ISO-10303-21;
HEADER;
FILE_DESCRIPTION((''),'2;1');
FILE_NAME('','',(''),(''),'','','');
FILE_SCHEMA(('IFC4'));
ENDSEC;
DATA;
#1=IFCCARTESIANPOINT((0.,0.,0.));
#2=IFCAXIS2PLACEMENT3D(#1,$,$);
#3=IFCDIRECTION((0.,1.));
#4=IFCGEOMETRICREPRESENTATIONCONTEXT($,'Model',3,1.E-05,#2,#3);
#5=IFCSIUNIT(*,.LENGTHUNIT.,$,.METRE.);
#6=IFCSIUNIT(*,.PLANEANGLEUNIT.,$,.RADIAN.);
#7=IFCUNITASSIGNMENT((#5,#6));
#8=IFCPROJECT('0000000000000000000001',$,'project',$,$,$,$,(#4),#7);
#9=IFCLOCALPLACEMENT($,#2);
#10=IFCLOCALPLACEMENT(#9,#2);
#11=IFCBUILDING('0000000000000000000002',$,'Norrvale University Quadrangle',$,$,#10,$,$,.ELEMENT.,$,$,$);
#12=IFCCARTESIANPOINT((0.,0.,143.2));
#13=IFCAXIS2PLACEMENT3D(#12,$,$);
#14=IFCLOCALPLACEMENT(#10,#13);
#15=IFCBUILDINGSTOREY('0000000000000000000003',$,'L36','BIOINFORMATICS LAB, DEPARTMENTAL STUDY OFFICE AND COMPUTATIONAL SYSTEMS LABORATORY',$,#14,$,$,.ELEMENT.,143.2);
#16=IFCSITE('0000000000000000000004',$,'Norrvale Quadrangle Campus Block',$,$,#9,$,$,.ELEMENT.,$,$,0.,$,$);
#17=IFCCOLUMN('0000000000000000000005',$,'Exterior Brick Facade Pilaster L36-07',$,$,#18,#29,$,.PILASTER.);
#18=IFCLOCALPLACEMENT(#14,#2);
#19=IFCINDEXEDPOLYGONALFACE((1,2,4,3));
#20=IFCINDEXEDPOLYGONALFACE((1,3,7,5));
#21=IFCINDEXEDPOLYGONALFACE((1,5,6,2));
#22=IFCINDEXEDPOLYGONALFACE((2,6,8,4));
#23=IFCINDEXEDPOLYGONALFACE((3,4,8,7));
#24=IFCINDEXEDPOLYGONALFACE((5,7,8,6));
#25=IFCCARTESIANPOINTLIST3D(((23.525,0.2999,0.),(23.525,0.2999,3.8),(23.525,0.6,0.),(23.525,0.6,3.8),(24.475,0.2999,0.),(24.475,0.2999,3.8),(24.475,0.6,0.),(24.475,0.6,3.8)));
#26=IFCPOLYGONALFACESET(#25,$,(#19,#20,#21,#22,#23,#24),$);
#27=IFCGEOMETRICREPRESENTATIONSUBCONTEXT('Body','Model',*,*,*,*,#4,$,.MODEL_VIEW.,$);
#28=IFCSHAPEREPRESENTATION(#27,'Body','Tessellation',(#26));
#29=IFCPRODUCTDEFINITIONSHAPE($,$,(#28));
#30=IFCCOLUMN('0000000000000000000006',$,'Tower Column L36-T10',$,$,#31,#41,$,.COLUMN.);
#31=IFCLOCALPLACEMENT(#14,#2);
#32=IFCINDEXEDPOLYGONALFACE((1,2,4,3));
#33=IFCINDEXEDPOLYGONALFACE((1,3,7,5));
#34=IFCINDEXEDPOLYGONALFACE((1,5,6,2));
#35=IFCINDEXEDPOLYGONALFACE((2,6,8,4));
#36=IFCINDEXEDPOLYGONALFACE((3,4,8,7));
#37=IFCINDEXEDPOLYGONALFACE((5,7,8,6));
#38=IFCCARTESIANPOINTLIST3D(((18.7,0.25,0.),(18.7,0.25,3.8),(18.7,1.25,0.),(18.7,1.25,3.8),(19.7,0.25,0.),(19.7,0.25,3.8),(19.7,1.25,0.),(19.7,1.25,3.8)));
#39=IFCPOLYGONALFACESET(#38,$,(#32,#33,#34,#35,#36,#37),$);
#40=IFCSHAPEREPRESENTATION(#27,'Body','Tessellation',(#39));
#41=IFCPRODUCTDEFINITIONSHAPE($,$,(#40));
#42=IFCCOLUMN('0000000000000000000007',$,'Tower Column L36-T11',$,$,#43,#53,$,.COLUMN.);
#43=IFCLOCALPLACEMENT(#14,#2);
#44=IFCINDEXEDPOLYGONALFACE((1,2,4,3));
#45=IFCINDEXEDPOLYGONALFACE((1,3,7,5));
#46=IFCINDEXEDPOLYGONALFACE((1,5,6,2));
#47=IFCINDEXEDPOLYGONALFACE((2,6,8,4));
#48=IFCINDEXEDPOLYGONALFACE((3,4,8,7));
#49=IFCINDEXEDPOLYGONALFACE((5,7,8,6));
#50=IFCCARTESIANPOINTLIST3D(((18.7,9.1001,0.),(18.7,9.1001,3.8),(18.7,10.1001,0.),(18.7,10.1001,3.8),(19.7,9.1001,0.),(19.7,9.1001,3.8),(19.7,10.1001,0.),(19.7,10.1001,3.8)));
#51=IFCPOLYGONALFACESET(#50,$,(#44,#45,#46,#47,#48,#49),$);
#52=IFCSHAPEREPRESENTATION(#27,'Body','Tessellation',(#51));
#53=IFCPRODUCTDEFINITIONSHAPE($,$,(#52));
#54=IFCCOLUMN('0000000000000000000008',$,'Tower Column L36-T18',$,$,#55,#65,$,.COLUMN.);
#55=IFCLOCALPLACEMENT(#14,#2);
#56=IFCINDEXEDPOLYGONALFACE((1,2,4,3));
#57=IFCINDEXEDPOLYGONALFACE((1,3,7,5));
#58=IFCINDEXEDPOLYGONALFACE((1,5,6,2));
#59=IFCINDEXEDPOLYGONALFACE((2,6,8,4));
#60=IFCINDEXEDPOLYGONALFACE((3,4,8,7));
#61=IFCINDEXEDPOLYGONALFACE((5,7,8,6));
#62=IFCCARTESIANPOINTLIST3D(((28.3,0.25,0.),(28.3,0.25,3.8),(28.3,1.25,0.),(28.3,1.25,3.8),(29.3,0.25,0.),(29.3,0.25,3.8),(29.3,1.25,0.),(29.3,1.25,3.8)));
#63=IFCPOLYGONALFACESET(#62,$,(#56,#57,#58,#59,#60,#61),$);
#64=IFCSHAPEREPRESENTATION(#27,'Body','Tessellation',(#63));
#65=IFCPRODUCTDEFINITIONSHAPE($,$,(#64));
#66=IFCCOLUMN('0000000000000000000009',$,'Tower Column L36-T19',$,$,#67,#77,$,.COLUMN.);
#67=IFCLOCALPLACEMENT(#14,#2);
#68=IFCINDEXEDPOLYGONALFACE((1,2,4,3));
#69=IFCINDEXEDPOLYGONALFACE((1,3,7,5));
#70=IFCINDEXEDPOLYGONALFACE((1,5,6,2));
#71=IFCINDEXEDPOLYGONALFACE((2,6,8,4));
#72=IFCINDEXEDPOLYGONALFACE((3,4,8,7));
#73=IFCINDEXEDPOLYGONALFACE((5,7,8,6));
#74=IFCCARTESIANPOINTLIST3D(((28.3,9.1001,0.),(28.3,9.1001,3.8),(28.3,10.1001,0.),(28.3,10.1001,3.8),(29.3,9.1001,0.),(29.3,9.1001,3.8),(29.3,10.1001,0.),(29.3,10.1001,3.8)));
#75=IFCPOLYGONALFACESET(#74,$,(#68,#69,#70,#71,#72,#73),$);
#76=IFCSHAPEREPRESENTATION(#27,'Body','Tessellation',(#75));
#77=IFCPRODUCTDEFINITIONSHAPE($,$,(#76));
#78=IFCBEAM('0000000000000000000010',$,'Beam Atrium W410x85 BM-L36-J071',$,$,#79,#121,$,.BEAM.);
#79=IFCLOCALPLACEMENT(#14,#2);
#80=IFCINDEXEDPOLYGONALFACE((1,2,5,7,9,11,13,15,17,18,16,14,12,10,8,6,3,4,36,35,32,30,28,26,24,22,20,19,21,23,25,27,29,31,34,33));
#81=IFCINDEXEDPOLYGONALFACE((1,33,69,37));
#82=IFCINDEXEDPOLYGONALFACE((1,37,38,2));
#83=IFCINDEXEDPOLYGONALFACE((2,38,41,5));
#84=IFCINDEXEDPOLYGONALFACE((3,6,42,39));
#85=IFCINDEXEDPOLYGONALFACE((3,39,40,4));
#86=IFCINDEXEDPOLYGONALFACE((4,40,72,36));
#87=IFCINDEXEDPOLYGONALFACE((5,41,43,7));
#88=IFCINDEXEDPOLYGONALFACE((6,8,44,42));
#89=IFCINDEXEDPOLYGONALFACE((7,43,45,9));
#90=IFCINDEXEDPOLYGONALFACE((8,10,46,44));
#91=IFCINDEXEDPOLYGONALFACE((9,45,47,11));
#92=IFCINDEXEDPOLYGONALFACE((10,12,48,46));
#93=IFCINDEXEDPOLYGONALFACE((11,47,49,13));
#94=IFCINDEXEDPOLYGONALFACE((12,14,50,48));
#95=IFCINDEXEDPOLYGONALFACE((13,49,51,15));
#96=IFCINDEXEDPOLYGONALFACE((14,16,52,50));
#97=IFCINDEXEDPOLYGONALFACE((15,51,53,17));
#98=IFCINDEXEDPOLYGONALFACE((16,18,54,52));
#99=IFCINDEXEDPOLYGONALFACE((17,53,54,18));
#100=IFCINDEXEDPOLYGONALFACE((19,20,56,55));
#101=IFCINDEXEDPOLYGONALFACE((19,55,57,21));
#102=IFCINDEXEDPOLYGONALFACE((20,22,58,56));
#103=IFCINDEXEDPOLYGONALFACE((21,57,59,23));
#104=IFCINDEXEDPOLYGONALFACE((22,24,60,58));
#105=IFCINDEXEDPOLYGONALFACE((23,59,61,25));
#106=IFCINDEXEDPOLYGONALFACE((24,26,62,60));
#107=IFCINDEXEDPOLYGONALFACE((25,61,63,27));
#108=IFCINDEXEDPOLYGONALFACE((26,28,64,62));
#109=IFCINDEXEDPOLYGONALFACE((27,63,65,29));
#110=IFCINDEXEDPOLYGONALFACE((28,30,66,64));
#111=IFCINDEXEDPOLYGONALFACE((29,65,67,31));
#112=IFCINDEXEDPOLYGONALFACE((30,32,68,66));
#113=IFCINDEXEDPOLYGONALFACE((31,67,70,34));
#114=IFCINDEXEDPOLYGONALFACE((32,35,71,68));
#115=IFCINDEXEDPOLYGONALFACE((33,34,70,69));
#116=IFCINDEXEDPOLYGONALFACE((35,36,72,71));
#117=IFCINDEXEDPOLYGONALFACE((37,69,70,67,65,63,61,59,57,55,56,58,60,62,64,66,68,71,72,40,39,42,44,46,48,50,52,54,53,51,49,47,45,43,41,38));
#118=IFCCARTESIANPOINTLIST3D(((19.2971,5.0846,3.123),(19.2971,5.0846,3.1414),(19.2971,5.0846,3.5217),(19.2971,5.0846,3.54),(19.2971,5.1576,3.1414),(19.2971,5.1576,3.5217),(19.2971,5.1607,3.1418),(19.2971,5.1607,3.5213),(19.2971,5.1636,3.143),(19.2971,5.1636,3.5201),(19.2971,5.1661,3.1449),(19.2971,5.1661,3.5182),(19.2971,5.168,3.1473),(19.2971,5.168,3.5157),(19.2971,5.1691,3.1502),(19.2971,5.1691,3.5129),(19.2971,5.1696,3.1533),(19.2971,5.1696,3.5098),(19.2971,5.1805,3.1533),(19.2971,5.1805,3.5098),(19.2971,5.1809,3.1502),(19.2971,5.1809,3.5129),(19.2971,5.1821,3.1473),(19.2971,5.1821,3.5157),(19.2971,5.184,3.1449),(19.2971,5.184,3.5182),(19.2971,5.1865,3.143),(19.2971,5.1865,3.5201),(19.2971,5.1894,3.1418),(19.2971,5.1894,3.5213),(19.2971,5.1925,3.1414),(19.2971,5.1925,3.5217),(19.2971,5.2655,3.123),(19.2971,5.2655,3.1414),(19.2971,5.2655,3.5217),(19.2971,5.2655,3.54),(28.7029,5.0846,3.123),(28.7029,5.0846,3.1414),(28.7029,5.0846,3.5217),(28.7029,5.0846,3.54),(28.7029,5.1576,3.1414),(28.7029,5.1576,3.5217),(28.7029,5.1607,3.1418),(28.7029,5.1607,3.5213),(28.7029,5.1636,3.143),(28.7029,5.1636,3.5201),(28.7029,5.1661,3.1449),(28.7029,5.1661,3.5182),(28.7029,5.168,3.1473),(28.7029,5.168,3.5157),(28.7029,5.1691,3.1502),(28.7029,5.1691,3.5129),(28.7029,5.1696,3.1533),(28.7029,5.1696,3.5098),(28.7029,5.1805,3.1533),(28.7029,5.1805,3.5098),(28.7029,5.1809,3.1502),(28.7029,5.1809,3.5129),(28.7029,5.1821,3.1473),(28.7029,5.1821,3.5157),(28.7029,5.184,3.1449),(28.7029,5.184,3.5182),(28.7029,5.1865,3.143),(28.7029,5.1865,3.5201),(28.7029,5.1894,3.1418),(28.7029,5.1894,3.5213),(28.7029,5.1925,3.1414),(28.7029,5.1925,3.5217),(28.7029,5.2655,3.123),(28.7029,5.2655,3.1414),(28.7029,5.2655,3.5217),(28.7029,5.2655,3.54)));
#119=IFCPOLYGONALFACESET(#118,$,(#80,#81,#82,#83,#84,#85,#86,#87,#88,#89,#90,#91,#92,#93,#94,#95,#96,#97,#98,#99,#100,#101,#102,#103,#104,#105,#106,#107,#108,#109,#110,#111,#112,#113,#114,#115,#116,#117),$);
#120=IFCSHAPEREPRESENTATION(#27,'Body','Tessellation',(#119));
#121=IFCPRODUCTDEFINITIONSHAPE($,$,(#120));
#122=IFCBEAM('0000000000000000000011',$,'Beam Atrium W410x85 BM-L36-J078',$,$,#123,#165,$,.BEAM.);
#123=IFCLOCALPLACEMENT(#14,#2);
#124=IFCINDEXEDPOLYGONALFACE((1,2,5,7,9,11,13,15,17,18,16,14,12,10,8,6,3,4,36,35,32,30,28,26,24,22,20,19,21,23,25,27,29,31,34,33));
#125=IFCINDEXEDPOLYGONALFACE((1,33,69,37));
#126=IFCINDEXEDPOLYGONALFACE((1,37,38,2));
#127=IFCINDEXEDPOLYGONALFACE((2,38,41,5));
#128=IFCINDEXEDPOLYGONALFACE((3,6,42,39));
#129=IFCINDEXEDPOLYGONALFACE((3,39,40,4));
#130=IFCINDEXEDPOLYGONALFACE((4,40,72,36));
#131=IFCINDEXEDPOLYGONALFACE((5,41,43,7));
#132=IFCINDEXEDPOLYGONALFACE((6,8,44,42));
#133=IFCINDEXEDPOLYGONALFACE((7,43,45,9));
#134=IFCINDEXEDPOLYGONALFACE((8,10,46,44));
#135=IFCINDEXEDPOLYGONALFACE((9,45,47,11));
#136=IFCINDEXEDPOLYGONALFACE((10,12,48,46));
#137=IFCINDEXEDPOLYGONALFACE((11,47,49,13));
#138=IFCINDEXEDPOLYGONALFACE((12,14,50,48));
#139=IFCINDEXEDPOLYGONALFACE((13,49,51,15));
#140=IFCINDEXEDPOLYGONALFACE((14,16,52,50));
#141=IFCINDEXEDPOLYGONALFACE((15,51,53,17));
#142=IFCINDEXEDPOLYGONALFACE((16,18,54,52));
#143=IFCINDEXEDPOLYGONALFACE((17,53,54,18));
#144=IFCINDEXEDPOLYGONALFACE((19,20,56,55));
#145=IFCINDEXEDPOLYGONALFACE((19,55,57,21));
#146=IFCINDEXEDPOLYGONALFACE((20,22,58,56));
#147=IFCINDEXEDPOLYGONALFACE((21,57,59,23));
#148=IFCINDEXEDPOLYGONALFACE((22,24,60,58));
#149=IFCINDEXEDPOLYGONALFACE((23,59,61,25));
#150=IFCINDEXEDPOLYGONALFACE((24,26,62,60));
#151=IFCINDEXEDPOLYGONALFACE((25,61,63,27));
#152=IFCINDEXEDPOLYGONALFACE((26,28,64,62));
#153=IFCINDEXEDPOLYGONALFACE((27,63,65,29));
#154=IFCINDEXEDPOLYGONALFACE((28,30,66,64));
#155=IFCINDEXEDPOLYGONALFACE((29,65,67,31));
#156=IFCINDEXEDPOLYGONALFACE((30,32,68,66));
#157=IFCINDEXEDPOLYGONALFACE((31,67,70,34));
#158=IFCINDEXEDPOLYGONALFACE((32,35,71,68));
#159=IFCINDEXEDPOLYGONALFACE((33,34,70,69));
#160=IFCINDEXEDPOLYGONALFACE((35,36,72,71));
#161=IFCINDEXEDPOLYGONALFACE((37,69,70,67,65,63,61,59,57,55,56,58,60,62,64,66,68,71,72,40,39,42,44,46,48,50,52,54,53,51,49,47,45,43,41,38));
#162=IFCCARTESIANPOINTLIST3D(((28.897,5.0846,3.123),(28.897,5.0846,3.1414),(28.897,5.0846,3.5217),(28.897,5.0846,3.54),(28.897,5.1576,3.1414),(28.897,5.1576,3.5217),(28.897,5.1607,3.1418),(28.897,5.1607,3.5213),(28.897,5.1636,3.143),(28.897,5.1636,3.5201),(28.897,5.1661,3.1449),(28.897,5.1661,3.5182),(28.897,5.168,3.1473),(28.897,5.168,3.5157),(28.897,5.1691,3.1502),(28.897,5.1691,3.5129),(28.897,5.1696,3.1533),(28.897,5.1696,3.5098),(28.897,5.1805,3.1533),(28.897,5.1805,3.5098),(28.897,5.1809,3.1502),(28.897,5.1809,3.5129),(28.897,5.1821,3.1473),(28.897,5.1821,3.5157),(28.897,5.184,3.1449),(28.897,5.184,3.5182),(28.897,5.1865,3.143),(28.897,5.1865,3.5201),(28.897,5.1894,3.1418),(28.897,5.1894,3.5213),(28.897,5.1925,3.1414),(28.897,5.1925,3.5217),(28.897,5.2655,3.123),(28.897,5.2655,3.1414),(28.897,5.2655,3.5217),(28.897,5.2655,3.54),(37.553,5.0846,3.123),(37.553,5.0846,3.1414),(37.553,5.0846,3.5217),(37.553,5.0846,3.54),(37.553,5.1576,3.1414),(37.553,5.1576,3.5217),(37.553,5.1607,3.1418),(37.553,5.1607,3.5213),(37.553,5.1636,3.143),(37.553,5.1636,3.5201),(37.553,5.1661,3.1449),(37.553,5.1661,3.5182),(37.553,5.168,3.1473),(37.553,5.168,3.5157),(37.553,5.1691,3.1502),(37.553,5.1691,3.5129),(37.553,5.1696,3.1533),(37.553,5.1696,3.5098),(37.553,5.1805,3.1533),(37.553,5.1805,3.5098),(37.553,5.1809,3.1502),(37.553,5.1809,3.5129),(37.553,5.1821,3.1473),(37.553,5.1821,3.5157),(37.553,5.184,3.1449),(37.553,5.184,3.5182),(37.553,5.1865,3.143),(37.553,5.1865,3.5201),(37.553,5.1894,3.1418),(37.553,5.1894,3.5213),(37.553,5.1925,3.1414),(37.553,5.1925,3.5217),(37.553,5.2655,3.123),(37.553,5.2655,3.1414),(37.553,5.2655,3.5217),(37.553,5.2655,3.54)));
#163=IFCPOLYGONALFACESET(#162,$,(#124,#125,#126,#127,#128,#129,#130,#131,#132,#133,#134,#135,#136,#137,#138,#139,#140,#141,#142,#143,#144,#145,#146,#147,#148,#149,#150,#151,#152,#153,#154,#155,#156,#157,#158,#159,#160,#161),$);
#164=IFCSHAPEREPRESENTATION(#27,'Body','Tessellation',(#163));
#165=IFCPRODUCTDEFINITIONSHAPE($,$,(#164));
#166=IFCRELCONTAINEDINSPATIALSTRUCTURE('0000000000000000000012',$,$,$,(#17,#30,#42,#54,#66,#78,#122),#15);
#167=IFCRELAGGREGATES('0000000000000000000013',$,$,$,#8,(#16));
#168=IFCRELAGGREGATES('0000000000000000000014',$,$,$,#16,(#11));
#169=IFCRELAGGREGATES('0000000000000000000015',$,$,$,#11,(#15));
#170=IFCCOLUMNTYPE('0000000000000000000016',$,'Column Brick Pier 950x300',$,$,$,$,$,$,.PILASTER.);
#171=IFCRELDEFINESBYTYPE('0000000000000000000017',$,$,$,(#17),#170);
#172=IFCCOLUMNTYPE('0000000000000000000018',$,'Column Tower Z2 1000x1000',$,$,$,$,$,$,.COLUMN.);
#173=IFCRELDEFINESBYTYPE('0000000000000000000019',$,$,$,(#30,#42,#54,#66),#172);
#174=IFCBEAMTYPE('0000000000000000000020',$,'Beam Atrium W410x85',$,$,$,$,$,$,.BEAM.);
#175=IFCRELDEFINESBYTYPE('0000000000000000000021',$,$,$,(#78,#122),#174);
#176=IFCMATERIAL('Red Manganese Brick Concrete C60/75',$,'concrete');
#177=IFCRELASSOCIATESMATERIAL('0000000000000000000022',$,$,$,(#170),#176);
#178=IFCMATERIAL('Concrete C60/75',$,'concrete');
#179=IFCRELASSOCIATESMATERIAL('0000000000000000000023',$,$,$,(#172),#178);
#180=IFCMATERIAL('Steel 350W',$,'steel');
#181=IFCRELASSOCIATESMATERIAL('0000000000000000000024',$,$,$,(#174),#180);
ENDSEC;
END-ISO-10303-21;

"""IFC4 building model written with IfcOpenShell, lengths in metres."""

from ifc_helpers import new_model, si_unit, direction, frame, origin, origin_2d, place, context, subcontext, project, spatial, rectangle, i_section, extrude, material, material_profile, profile_set, type_object, element, save


model = new_model("IFC4")

# Units and contexts
model_context = context("Model", 3, precision=1e-05, world=origin(), true_north=direction((0.0, 1.0)))
body_context = subcontext(model_context, "Body", "Model", "MODEL_VIEW")
ifc_project = project(units=[si_unit("LENGTHUNIT", "METRE"), si_unit("PLANEANGLEUNIT", "RADIAN")], contexts=[model_context])

# Site, building, storey
site_placement = place(None, origin())
site = spatial("IfcSite", under=ifc_project, at=site_placement, Name="Norrvale Quadrangle Campus Block", CompositionType="ELEMENT", RefElevation=0.0)
building_placement = place(site_placement, origin())
building = spatial("IfcBuilding", under=site, at=building_placement, Name="Norrvale University Quadrangle", CompositionType="ELEMENT")
storey_placement = place(building_placement, frame((0.0, 0.0, 143.2)))
storey = spatial("IfcBuildingStorey", under=building, at=storey_placement, Name="L36", Description="BIOINFORMATICS LAB, DEPARTMENTAL STUDY OFFICE AND COMPUTATIONAL SYSTEMS LABORATORY", CompositionType="ELEMENT", Elevation=143.2)

# Columns
ifc_material_1 = material(Name="Red Manganese Brick Concrete C60/75", Category="concrete")
ifc_material_profile_1 = material_profile(ifc_material_1, rectangle(XDim=0.95, YDim=0.3, at=origin_2d()), Name="Red Manganese Brick Concrete C60/75")
ifc_profile_set_1 = profile_set([ifc_material_profile_1], Name="Red Manganese Brick Concrete C60/75")
column_type_1 = type_object("IfcColumnType", Name="Column Brick Pier 950x300", PredefinedType="PILASTER", material=ifc_profile_set_1)
column_placement = place(storey_placement, frame((24.0, 0.45, 0.0), z_axis=(0.0, 0.0, 1.0), x_axis=(1.0, 0.0, 0.0)))
element("IfcColumn", 1, at=column_placement, inside=storey, type_object=column_type_1, Name="Exterior Brick Facade Pilaster L36-07", PredefinedType="PILASTER", context=body_context, shape_type="SweptSolid", body=[
    extrude(rectangle(XDim=0.95, YDim=0.3, at=origin_2d()), origin(), (0.0, 0.0, 1.0), 3.8),
])
ifc_material_2 = material(Name="Concrete C60/75", Category="concrete")
ifc_material_profile_2 = material_profile(ifc_material_2, rectangle(XDim=1.0, YDim=1.0, at=origin_2d()), Name="Concrete C60/75")
ifc_profile_set_2 = profile_set([ifc_material_profile_2], Name="Concrete C60/75")
column_type_2 = type_object("IfcColumnType", Name="Column Tower Z2 1000x1000", PredefinedType="COLUMN", material=ifc_profile_set_2)
for number, where, z_axis, x_axis, name in (
    (2, (19.2, 0.75, 0.0), (0.0, 0.0, 1.0), (1.0, 0.0, 0.0), "Tower Column L36-T10"),
    (3, (19.2, 9.6001, 0.0), (0.0, 0.0, 1.0), (1.0, 0.0, 0.0), "Tower Column L36-T11"),
    (4, (28.8, 0.75, 0.0), (0.0, 0.0, 1.0), (1.0, 0.0, 0.0), "Tower Column L36-T18"),
    (5, (28.8, 9.6001, 0.0), (0.0, 0.0, 1.0), (1.0, 0.0, 0.0), "Tower Column L36-T19"),
):
    element("IfcColumn", number, at=place(storey_placement, frame(where, z_axis=z_axis, x_axis=x_axis)), inside=storey, type_object=column_type_2, Name=name, PredefinedType="COLUMN", context=body_context, shape_type="SweptSolid", body=[
        extrude(rectangle(XDim=1.0, YDim=1.0, at=origin_2d()), origin(), (0.0, 0.0, 1.0), 3.8),
    ])

# Beams
ifc_material_3 = material(Name="Steel 350W", Category="steel")
ifc_material_profile_3 = material_profile(ifc_material_3, i_section(OverallWidth=0.1809, OverallDepth=0.417, WebThickness=0.011, FlangeThickness=0.0183, FilletRadius=0.012, at=origin_2d()), Name="Steel 350W")
ifc_profile_set_3 = profile_set([ifc_material_profile_3], Name="Steel 350W")
beam_type_1 = type_object("IfcBeamType", Name="Beam Atrium W410x85", PredefinedType="BEAM", material=ifc_profile_set_3)
beam_1_placement = place(storey_placement, frame((19.2971, 5.175, 3.3315), z_axis=(1.0, 0.0, 0.0), x_axis=(0.0, 1.0, 0.0)))
element("IfcBeam", 6, at=beam_1_placement, inside=storey, type_object=beam_type_1, Name="Beam Atrium W410x85 BM-L36-J071", PredefinedType="BEAM", context=body_context, shape_type="SweptSolid", body=[
    extrude(i_section(OverallWidth=0.1809, OverallDepth=0.417, WebThickness=0.011, FlangeThickness=0.0183, FilletRadius=0.012, at=origin_2d()), origin(), (0.0, 0.0, 1.0), 9.4058),
])
beam_2_placement = place(storey_placement, frame((28.897, 5.175, 3.3315), z_axis=(1.0, 0.0, 0.0), x_axis=(0.0, 1.0, 0.0)))
element("IfcBeam", 7, at=beam_2_placement, inside=storey, type_object=beam_type_1, Name="Beam Atrium W410x85 BM-L36-J078", PredefinedType="BEAM", context=body_context, shape_type="SweptSolid", body=[
    extrude(i_section(OverallWidth=0.1809, OverallDepth=0.417, WebThickness=0.011, FlangeThickness=0.0183, FilletRadius=0.012, at=origin_2d()), origin(), (0.0, 0.0, 1.0), 8.656),
])

save(model, "model.ifc")
